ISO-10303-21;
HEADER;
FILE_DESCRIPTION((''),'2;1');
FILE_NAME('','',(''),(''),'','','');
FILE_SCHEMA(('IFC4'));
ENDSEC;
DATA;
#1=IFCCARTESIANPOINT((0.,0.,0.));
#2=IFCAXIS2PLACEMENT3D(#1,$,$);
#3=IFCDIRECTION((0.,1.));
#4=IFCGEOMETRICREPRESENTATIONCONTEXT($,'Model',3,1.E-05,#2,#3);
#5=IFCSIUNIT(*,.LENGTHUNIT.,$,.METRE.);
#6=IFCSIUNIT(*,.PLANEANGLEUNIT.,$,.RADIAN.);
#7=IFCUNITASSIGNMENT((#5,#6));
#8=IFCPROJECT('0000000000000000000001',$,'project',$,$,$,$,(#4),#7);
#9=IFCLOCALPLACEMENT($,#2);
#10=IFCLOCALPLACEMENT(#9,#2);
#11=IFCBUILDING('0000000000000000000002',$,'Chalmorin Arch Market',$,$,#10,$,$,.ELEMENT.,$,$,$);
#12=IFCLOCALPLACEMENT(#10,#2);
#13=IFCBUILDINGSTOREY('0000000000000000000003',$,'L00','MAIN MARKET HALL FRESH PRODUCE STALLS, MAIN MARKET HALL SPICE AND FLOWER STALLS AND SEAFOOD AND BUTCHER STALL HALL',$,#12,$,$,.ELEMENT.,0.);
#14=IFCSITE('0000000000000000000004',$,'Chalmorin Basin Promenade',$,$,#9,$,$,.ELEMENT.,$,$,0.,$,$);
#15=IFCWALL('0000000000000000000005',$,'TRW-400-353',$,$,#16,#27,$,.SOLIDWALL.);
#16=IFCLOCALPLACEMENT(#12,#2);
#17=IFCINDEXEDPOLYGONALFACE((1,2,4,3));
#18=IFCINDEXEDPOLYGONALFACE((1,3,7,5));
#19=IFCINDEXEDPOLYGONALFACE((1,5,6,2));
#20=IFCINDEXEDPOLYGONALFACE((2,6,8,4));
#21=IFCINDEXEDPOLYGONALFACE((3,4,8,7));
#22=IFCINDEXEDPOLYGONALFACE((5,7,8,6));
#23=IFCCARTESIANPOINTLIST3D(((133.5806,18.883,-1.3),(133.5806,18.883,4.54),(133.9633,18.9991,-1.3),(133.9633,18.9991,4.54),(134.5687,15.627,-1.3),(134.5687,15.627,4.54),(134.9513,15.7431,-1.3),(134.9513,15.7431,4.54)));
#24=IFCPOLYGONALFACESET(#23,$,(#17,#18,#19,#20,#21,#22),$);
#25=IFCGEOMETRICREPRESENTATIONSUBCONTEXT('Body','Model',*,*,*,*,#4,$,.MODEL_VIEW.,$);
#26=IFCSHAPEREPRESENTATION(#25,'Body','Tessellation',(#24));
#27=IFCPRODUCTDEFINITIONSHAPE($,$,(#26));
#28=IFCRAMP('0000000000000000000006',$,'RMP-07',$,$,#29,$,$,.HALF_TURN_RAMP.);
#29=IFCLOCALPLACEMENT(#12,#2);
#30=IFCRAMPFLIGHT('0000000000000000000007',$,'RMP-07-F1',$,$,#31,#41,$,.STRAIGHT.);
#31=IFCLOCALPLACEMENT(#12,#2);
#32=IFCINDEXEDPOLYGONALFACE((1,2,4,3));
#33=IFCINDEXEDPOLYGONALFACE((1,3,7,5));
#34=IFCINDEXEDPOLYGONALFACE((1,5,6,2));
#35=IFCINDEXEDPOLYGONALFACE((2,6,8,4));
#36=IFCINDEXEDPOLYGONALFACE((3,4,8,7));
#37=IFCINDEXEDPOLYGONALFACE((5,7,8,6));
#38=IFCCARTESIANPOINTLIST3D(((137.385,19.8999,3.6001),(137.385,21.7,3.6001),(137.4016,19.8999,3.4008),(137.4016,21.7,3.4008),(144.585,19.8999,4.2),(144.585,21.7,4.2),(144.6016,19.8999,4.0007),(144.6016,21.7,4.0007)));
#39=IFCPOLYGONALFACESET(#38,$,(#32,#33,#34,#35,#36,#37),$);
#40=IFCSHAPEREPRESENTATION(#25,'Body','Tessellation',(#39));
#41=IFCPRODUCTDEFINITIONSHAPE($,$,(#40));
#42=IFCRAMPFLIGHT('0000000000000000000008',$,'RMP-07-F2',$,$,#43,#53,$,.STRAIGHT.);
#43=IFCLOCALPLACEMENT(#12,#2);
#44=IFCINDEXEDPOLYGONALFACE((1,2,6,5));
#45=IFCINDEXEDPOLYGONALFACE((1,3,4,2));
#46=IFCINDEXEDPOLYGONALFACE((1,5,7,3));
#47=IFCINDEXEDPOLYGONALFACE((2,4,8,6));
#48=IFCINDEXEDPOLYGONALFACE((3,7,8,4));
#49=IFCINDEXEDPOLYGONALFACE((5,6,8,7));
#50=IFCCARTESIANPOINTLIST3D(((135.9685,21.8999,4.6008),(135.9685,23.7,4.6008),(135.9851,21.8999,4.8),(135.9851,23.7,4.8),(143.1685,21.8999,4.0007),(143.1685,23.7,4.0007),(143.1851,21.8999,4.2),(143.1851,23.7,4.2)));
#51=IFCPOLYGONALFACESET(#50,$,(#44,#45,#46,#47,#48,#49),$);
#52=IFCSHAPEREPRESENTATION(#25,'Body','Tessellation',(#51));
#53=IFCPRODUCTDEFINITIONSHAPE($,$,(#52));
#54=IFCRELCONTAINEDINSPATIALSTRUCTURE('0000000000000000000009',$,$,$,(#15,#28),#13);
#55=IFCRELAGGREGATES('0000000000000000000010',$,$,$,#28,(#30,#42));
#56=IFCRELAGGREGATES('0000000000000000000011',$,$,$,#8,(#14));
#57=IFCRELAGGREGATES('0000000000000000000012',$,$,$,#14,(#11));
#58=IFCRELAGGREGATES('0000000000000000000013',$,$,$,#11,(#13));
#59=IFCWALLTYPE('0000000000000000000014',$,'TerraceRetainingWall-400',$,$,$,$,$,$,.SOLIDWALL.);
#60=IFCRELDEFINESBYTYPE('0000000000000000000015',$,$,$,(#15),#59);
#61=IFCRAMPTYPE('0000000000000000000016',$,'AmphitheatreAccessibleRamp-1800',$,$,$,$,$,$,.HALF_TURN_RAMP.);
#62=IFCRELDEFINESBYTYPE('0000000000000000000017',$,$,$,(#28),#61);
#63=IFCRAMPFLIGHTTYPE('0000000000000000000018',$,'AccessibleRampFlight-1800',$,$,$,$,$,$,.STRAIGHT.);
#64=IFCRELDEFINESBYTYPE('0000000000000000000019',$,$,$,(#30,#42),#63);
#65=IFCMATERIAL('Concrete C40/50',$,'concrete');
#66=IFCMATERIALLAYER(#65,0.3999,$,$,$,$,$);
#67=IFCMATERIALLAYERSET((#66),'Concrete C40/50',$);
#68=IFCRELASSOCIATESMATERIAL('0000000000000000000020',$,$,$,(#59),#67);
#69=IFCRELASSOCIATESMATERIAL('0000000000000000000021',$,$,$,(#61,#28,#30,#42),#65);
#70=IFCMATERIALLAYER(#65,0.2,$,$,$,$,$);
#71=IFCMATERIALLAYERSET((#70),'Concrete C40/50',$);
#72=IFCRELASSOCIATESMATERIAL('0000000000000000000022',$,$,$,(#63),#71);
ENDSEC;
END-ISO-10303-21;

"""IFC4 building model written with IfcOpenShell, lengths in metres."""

from ifc_helpers import new_model, si_unit, direction, frame, frame_2d, origin, place, context, subcontext, project, spatial, polyline, rectangle, outline, extrude, material, layer, layer_set, type_object, element, aggregate, save


model = new_model("IFC4")

# Units and contexts
model_context = context("Model", 3, precision=1e-05, world=origin(), true_north=direction((0.0, 1.0)))
body_context = subcontext(model_context, "Body", "Model", "MODEL_VIEW")
ifc_project = project(units=[si_unit("LENGTHUNIT", "METRE"), si_unit("PLANEANGLEUNIT", "RADIAN")], contexts=[model_context])

# Site, building, storey
site_placement = place(None, origin())
site = spatial("IfcSite", under=ifc_project, at=site_placement, Name="Chalmorin Basin Promenade", CompositionType="ELEMENT", RefElevation=0.0)
building_placement = place(site_placement, origin())
building = spatial("IfcBuilding", under=site, at=building_placement, Name="Chalmorin Arch Market", CompositionType="ELEMENT")
storey_placement = place(building_placement, origin())
storey = spatial("IfcBuildingStorey", under=building, at=storey_placement, Name="L00", Description="MAIN MARKET HALL FRESH PRODUCE STALLS, MAIN MARKET HALL SPICE AND FLOWER STALLS AND SEAFOOD AND BUTCHER STALL HALL", CompositionType="ELEMENT", Elevation=0.0)

# Shared definitions
ifc_material_1 = material(Name="Concrete C40/50", Category="concrete")

# Wall
ifc_layer_1 = layer(ifc_material_1, 0.3999)
ifc_layer_set_1 = layer_set([ifc_layer_1], Name="Concrete C40/50")
wall_type_1 = type_object("IfcWallType", Name="TerraceRetainingWall-400", PredefinedType="SOLIDWALL", material=ifc_layer_set_1)
wall_1_placement = place(storey_placement, frame((133.772, 18.9409, -1.3), z_axis=(0.0, 0.0, 1.0), x_axis=(0.290388, -0.956909, 0.0)))
element("IfcWall", 1, at=wall_1_placement, inside=storey, type_object=wall_type_1, Name="TRW-400-353", PredefinedType="SOLIDWALL", context=body_context, shape_type="SweptSolid", body=[
    extrude(rectangle(XDim=3.4026, YDim=0.3999, at=frame_2d((1.7012, 0.0))), origin(), (0.0, 0.0, 1.0), 5.8401),
])

# Ramp, ramp flights
ramp_type = type_object("IfcRampType", Name="AmphitheatreAccessibleRamp-1800", PredefinedType="HALF_TURN_RAMP", material=ifc_material_1)
ramp_placement = place(storey_placement, origin())
ramp = element("IfcRamp", 2, at=ramp_placement, inside=storey, type_object=ramp_type, material=ifc_material_1, Name="RMP-07", PredefinedType="HALF_TURN_RAMP")
ifc_layer_2 = layer(ifc_material_1, 0.2)
ifc_layer_set_2 = layer_set([ifc_layer_2], Name="Concrete C40/50")
ramp_flight_type = type_object("IfcRampFlightType", Name="AccessibleRampFlight-1800", PredefinedType="STRAIGHT", material=ifc_layer_set_2)
ramp_flight_1_placement = place(storey_placement, frame((137.385, 19.8999, 3.6001), z_axis=(-0.083026, 0.0, 0.996547), x_axis=(0.996547, 0.0, 0.083026)))
ramp_flight_1 = element("IfcRampFlight", 3, at=ramp_flight_1_placement, type_object=ramp_flight_type, material=ifc_material_1, Name="RMP-07-F1", PredefinedType="STRAIGHT", context=body_context, shape_type="SweptSolid", body=[
    extrude(outline(polyline([(0.0, 0.0), (7.2249, 0.0), (7.2249, 1.8), (0.0, 1.8), (0.0, 0.0)])), origin(), (0.0, 0.0, -1.0), 0.2),
])
ramp_flight_2_placement = place(storey_placement, frame((135.9851, 21.8999, 4.8), z_axis=(0.083059, 0.0, 0.996545), x_axis=(0.996545, 0.0, -0.083059)))
ramp_flight_2 = element("IfcRampFlight", 4, at=ramp_flight_2_placement, type_object=ramp_flight_type, material=ifc_material_1, Name="RMP-07-F2", PredefinedType="STRAIGHT", context=body_context, shape_type="SweptSolid", body=[
    extrude(outline(polyline([(0.0, 0.0), (7.2249, 0.0), (7.2249, 1.8), (0.0, 1.8), (0.0, 0.0)])), origin(), (0.0, 0.0, -1.0), 0.2),
])
aggregate(ramp, [ramp_flight_1, ramp_flight_2])

save(model, "model.ifc")
